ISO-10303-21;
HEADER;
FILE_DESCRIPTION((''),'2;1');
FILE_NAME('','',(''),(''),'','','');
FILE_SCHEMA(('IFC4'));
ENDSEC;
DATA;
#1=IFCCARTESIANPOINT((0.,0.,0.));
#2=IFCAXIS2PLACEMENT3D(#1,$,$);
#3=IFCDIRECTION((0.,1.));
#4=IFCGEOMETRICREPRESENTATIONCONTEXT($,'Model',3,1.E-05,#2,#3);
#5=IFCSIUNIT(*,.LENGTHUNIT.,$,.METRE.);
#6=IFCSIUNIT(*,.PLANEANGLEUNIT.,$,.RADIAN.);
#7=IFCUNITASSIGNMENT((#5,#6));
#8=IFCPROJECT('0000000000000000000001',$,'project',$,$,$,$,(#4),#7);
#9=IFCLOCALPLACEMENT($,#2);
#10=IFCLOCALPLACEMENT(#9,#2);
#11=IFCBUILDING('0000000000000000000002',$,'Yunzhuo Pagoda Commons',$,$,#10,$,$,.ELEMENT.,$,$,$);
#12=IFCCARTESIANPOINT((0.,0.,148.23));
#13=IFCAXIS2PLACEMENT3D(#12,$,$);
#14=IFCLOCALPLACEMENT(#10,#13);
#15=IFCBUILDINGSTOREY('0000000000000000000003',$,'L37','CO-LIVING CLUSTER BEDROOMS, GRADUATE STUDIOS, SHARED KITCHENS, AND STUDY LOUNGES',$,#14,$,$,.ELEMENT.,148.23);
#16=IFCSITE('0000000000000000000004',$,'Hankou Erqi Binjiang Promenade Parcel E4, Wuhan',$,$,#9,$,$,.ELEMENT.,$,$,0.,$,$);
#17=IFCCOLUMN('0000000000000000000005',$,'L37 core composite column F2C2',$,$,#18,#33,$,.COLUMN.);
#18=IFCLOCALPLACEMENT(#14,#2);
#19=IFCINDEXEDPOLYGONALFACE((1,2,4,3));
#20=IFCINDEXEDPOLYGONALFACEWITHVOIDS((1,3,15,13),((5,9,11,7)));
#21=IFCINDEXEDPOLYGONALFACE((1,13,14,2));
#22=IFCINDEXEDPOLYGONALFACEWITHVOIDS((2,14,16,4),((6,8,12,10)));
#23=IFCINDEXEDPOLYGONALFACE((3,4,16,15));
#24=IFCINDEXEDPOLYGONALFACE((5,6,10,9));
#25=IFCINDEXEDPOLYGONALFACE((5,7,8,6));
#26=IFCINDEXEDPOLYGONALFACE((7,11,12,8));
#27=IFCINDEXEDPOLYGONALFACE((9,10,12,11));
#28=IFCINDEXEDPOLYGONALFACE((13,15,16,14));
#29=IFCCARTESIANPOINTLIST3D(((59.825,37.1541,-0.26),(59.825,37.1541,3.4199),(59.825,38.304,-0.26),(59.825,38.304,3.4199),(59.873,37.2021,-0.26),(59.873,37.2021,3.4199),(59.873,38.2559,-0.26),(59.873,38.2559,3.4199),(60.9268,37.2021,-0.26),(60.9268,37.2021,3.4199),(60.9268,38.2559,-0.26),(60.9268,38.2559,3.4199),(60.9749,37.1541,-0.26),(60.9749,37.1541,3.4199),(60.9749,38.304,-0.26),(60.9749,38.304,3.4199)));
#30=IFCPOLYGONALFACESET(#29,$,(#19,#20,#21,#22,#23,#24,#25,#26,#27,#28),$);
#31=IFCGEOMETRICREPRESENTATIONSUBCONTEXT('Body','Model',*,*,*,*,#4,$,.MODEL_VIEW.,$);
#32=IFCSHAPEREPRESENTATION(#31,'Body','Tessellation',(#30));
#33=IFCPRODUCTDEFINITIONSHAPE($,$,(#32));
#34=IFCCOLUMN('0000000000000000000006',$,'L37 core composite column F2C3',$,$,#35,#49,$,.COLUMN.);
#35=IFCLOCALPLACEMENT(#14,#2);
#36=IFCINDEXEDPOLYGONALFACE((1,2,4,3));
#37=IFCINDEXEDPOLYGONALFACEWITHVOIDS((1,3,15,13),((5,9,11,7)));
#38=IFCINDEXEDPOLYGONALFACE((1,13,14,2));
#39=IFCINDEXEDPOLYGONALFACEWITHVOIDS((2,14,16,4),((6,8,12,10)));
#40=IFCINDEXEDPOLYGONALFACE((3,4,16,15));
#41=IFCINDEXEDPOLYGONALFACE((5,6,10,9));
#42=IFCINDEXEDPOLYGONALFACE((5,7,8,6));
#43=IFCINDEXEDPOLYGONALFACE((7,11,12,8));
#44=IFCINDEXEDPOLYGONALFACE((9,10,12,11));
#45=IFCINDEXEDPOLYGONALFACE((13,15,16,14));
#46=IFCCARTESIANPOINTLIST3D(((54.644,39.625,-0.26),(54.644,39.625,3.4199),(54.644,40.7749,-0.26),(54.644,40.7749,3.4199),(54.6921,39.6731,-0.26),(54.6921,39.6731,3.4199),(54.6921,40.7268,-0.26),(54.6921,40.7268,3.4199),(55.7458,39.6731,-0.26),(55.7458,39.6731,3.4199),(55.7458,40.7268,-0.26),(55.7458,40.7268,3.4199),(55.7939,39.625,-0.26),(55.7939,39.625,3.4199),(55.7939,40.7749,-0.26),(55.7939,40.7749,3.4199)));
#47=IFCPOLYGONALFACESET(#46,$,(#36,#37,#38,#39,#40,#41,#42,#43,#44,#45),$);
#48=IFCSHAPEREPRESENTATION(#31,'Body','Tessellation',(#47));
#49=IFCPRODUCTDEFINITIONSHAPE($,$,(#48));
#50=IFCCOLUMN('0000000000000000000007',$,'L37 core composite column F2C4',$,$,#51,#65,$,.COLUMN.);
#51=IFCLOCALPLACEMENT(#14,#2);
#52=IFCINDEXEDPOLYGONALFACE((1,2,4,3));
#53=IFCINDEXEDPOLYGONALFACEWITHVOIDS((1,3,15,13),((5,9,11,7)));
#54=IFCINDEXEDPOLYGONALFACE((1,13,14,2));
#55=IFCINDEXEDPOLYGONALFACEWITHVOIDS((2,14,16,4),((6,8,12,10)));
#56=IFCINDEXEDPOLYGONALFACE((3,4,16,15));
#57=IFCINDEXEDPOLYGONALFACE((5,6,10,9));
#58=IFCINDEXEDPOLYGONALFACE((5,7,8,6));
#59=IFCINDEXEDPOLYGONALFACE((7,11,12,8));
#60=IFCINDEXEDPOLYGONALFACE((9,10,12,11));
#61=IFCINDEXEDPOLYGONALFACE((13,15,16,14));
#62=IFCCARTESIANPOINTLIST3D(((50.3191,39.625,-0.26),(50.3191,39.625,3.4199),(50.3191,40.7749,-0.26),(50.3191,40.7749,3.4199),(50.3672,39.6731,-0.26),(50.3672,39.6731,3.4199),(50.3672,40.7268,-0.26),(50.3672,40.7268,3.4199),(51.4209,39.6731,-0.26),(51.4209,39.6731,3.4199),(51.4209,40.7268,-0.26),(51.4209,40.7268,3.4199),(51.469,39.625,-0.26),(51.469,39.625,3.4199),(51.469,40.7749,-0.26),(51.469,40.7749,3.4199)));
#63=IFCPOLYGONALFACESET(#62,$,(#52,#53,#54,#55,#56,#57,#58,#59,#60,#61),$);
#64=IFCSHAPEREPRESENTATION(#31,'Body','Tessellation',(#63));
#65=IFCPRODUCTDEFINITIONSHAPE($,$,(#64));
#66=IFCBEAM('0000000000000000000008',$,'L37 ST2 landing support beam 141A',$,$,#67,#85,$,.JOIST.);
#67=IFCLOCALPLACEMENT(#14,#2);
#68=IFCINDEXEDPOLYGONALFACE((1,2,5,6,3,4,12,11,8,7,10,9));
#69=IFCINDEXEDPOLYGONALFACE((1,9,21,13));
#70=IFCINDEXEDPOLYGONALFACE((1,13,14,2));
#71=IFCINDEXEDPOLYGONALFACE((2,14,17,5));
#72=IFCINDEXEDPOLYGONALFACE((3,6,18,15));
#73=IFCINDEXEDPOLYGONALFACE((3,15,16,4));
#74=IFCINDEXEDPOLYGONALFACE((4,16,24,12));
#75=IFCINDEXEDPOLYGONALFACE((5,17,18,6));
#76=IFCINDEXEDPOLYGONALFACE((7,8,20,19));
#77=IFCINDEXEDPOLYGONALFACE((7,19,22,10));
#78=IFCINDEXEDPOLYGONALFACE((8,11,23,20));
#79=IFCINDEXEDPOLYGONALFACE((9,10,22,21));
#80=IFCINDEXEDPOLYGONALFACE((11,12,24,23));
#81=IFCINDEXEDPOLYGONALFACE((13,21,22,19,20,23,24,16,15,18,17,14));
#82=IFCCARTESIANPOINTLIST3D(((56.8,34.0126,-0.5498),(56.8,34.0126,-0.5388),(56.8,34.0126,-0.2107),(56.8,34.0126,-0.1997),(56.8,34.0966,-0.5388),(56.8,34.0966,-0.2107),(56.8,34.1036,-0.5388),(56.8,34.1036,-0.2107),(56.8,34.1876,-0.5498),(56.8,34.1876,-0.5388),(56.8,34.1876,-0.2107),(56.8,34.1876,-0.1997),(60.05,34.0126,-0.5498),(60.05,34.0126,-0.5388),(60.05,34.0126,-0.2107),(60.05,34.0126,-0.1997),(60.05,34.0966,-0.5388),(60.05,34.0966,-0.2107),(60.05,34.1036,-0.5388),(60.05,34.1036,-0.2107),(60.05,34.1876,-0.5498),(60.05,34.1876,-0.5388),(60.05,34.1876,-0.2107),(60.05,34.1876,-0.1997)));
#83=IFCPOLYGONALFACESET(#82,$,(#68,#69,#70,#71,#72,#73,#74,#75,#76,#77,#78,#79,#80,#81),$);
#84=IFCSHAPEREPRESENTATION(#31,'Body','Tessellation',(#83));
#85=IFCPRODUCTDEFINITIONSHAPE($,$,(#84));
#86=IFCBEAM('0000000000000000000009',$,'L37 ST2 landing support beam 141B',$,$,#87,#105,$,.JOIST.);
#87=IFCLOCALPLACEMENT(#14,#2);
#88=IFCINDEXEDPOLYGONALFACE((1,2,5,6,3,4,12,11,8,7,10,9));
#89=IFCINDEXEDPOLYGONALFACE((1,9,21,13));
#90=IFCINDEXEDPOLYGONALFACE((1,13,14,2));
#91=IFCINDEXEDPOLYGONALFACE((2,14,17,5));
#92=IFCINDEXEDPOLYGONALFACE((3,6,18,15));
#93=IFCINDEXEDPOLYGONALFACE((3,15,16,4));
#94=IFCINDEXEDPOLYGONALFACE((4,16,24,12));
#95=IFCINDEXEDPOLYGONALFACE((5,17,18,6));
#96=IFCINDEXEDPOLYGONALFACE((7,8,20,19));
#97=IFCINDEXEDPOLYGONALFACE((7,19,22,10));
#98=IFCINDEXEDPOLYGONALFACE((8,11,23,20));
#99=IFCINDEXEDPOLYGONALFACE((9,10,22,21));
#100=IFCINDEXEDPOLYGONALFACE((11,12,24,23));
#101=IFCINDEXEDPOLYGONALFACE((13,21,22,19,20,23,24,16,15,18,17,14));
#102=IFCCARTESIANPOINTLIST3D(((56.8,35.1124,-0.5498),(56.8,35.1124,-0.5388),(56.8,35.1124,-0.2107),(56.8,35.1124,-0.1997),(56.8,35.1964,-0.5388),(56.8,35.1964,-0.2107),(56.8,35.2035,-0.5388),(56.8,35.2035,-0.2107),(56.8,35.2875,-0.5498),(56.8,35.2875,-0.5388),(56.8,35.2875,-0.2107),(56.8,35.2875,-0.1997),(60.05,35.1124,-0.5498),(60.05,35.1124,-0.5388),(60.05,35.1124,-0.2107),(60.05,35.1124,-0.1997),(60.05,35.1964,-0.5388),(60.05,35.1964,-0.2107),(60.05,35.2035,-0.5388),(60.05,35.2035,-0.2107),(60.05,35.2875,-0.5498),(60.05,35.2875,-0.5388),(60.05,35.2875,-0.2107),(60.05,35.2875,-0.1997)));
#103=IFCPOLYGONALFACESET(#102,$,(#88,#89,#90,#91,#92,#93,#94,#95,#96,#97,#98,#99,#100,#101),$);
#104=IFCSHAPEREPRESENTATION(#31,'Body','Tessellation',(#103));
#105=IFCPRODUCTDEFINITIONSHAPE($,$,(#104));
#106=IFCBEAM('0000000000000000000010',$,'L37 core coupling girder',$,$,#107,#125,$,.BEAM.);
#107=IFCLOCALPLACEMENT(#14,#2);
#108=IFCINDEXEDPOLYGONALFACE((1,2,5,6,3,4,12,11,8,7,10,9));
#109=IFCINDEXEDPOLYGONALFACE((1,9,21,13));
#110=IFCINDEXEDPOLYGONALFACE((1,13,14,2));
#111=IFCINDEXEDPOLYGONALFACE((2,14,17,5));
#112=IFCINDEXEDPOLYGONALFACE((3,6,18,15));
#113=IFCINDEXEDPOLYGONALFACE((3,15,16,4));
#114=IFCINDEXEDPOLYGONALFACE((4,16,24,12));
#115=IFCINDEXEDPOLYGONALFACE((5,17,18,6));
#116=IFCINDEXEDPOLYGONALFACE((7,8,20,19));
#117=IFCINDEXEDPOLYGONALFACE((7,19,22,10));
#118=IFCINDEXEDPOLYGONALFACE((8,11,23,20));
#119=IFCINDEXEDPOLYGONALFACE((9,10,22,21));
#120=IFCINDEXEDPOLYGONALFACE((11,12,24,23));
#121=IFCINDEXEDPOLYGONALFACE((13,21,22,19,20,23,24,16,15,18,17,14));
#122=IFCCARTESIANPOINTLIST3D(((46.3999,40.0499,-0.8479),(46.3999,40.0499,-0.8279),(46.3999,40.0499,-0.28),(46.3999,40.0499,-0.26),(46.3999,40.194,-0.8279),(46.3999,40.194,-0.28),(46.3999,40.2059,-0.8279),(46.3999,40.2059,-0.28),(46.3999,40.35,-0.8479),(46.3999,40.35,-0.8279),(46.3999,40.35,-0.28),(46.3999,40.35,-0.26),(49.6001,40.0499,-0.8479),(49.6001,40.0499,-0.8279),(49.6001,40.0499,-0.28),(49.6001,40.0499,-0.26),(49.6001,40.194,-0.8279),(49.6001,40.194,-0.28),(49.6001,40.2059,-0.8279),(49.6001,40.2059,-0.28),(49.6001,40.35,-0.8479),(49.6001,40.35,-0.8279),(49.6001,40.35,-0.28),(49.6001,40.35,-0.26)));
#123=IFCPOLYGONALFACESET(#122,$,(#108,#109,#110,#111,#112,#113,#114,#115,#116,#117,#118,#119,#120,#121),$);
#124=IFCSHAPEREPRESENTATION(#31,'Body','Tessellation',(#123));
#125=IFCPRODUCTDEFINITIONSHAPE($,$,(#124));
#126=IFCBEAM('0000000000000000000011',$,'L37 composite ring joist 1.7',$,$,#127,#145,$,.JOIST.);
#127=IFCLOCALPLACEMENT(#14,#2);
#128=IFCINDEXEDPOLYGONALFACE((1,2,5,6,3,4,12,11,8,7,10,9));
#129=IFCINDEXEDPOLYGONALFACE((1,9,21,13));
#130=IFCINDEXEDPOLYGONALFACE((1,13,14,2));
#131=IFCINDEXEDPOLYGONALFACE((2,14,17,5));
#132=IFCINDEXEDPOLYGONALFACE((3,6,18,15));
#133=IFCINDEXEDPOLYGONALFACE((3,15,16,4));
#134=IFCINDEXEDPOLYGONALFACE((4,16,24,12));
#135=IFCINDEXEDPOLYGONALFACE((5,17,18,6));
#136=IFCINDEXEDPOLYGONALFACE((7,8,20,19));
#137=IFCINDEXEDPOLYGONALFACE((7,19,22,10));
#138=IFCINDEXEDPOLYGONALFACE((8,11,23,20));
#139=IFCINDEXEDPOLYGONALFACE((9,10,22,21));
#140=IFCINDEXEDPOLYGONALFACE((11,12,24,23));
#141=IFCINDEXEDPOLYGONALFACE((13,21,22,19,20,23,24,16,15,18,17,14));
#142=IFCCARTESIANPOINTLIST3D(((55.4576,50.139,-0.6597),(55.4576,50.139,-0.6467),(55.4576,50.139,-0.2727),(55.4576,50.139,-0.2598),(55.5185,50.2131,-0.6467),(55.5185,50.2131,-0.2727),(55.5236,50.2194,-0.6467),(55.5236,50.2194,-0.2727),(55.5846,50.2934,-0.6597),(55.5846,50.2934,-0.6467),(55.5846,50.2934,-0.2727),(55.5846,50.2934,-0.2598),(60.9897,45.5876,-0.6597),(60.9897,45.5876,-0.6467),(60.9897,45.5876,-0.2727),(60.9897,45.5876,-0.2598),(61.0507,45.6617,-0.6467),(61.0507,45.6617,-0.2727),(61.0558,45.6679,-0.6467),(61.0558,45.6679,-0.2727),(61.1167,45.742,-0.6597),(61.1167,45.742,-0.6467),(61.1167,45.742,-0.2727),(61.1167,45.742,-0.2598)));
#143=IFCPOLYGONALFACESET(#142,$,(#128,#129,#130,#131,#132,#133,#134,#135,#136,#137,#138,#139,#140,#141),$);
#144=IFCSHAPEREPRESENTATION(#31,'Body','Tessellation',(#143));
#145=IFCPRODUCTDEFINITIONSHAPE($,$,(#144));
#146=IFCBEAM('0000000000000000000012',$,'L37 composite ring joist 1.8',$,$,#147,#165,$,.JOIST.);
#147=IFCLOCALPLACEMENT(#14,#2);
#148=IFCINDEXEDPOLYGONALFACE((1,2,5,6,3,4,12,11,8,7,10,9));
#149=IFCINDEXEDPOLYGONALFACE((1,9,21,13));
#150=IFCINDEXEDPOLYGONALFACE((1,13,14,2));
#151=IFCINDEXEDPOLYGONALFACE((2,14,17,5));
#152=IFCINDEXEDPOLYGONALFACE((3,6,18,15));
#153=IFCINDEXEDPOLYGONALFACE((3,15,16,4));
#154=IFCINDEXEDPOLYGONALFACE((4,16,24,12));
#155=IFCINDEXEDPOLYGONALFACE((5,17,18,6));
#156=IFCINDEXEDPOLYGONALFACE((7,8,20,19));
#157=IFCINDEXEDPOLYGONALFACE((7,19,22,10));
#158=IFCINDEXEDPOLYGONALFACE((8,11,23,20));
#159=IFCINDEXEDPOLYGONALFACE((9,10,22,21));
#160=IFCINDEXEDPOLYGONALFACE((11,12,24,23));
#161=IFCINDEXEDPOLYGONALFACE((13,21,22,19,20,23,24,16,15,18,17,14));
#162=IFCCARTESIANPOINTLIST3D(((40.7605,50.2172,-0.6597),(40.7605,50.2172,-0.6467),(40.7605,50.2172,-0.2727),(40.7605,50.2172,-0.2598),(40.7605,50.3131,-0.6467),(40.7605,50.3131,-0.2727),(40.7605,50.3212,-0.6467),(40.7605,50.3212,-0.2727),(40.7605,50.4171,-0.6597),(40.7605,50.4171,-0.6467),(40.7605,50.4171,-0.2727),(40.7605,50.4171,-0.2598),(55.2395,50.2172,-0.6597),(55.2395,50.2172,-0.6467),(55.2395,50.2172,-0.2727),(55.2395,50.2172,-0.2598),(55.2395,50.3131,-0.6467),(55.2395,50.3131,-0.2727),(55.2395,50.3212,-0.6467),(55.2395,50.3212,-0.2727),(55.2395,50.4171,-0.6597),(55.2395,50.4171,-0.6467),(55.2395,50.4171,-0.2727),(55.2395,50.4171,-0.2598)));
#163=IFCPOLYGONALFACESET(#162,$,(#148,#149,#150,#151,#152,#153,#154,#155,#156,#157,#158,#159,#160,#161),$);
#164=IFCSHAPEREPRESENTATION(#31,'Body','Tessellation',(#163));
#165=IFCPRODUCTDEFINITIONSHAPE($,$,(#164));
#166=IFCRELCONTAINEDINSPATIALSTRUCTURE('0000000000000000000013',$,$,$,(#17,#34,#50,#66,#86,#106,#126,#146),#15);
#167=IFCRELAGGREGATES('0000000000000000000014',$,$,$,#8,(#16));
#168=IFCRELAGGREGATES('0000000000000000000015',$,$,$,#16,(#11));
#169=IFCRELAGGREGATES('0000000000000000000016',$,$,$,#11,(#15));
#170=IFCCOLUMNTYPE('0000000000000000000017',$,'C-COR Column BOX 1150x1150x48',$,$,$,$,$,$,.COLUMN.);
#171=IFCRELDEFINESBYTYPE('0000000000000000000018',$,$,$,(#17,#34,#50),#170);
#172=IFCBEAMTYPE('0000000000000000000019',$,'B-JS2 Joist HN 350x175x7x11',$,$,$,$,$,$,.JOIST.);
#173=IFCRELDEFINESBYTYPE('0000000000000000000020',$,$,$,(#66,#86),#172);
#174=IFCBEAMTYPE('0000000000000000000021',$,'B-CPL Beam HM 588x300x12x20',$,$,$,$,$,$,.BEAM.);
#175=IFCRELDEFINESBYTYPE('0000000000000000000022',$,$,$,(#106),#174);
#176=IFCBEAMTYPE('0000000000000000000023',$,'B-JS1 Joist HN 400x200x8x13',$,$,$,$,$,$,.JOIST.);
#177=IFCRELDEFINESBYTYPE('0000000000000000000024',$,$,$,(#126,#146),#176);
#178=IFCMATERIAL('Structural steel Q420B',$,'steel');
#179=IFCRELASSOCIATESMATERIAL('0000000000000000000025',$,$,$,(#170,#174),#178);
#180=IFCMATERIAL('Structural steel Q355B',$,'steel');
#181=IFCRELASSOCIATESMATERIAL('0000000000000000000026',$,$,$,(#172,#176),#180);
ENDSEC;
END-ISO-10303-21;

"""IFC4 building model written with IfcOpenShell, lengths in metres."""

from ifc_helpers import new_model, si_unit, direction, frame, origin, origin_2d, place, context, subcontext, project, spatial, hollow_rectangle, i_section, extrude, source, transform, mapped, material, material_profile, profile_set, type_object, element, save


model = new_model("IFC4")

# Units and contexts
model_context = context("Model", 3, precision=1e-05, world=origin(), true_north=direction((0.0, 1.0)))
body_context = subcontext(model_context, "Body", "Model", "MODEL_VIEW")
ifc_project = project(units=[si_unit("LENGTHUNIT", "METRE"), si_unit("PLANEANGLEUNIT", "RADIAN")], contexts=[model_context])

# Site, building, storey
site_placement = place(None, origin())
site = spatial("IfcSite", under=ifc_project, at=site_placement, Name="Hankou Erqi Binjiang Promenade Parcel E4, Wuhan", CompositionType="ELEMENT", RefElevation=0.0)
building_placement = place(site_placement, origin())
building = spatial("IfcBuilding", under=site, at=building_placement, Name="Yunzhuo Pagoda Commons", CompositionType="ELEMENT")
storey_placement = place(building_placement, frame((0.0, 0.0, 148.23)))
storey = spatial("IfcBuildingStorey", under=building, at=storey_placement, Name="L37", Description="CO-LIVING CLUSTER BEDROOMS, GRADUATE STUDIOS, SHARED KITCHENS, AND STUDY LOUNGES", CompositionType="ELEMENT", Elevation=148.23)

# Columns
ifc_material_1 = material(Name="Structural steel Q420B", Category="steel")
ifc_material_profile_1 = material_profile(ifc_material_1, hollow_rectangle(XDim=1.1499, YDim=1.1499, WallThickness=0.0481, at=origin_2d()), Name="Structural steel Q420B")
ifc_profile_set_1 = profile_set([ifc_material_profile_1], Name="Structural steel Q420B")
column_type = type_object("IfcColumnType", Name="C-COR Column BOX 1150x1150x48", PredefinedType="COLUMN", material=ifc_profile_set_1)
shared_shape_1 = source(origin(), body_context, "Body", "SweptSolid", [
    extrude(hollow_rectangle(XDim=1.1499, YDim=1.1499, WallThickness=0.0481, at=origin_2d()), origin(), (0.0, 0.0, 1.0), 3.6799),
])
for number, where, z_axis, x_axis, name in (
    (1, (60.3999, 37.729, -0.26), (0.0, 0.0, 1.0), (1.0, 0.0, 0.0), "L37 core composite column F2C2"),
    (2, (55.219, 40.2, -0.26), (0.0, 0.0, 1.0), (1.0, 0.0, 0.0), "L37 core composite column F2C3"),
    (3, (50.894, 40.2, -0.26), (0.0, 0.0, 1.0), (1.0, 0.0, 0.0), "L37 core composite column F2C4"),
):
    element("IfcColumn", number, at=place(storey_placement, frame(where, z_axis=z_axis, x_axis=x_axis)), inside=storey, type_object=column_type, Name=name, PredefinedType="COLUMN", context=body_context, shape_type="MappedRepresentation", body=[
        mapped(shared_shape_1, transform((0.0, 0.0, 0.0), scale=1.0)),
    ])

# Beams
ifc_material_2 = material(Name="Structural steel Q355B", Category="steel")
ifc_material_profile_2 = material_profile(ifc_material_2, i_section(OverallWidth=0.175, OverallDepth=0.3501, WebThickness=0.0071, FlangeThickness=0.011, at=origin_2d()), Name="Structural steel Q355B")
ifc_profile_set_2 = profile_set([ifc_material_profile_2], Name="Structural steel Q355B")
beam_type_1 = type_object("IfcBeamType", Name="B-JS2 Joist HN 350x175x7x11", PredefinedType="JOIST", material=ifc_profile_set_2)
shared_shape_2 = source(origin(), body_context, "Body", "SweptSolid", [
    extrude(i_section(OverallWidth=0.175, OverallDepth=0.3501, WebThickness=0.0071, FlangeThickness=0.011, at=origin_2d()), origin(), (0.0, 0.0, 1.0), 3.25),
])
for number, where, z_axis, x_axis, name in (
    (4, (56.8, 34.1001, -0.3748), (1.0, 0.0, 0.0), (0.0, 1.0, 0.0), "L37 ST2 landing support beam 141A"),
    (5, (56.8, 35.2, -0.3748), (1.0, 0.0, 0.0), (0.0, 1.0, 0.0), "L37 ST2 landing support beam 141B"),
):
    element("IfcBeam", number, at=place(storey_placement, frame(where, z_axis=z_axis, x_axis=x_axis)), inside=storey, type_object=beam_type_1, Name=name, PredefinedType="JOIST", context=body_context, shape_type="MappedRepresentation", body=[
        mapped(shared_shape_2, transform((0.0, 0.0, 0.0), scale=1.0)),
    ])
ifc_material_profile_3 = material_profile(ifc_material_1, i_section(OverallWidth=0.3, OverallDepth=0.5879, WebThickness=0.012, FlangeThickness=0.02, at=origin_2d()), Name="Structural steel Q420B")
ifc_profile_set_3 = profile_set([ifc_material_profile_3], Name="Structural steel Q420B")
beam_type_2 = type_object("IfcBeamType", Name="B-CPL Beam HM 588x300x12x20", PredefinedType="BEAM", material=ifc_profile_set_3)
shared_shape_3 = source(origin(), body_context, "Body", "SweptSolid", [
    extrude(i_section(OverallWidth=0.3, OverallDepth=0.5879, WebThickness=0.012, FlangeThickness=0.02, at=origin_2d()), origin(), (0.0, 0.0, 1.0), 3.2002),
])
beam_1_placement = place(storey_placement, frame((46.3999, 40.2, -0.554), z_axis=(1.0, 0.0, 0.0), x_axis=(0.0, 1.0, 0.0)))
element("IfcBeam", 6, at=beam_1_placement, inside=storey, type_object=beam_type_2, Name="L37 core coupling girder", PredefinedType="BEAM", context=body_context, shape_type="MappedRepresentation", body=[
    mapped(shared_shape_3, transform((0.0, 0.0, 0.0), scale=1.0)),
])
ifc_material_profile_4 = material_profile(ifc_material_2, i_section(OverallWidth=0.2, OverallDepth=0.3999, WebThickness=0.0081, FlangeThickness=0.0129, at=origin_2d()), Name="Structural steel Q355B")
ifc_profile_set_4 = profile_set([ifc_material_profile_4], Name="Structural steel Q355B")
beam_type_3 = type_object("IfcBeamType", Name="B-JS1 Joist HN 400x200x8x13", PredefinedType="JOIST", material=ifc_profile_set_4)
shared_shape_4 = source(origin(), body_context, "Body", "SweptSolid", [
    extrude(i_section(OverallWidth=0.2, OverallDepth=0.3999, WebThickness=0.0081, FlangeThickness=0.0129, at=origin_2d()), origin(), (0.0, 0.0, 1.0), 7.1638),
])
beam_2_placement = place(storey_placement, frame((61.0532, 45.6648, -0.4597), z_axis=(-0.772234, 0.635338, 0.0), x_axis=(-0.635338, -0.772234, 0.0)))
element("IfcBeam", 7, at=beam_2_placement, inside=storey, type_object=beam_type_3, Name="L37 composite ring joist 1.7", PredefinedType="JOIST", context=body_context, shape_type="MappedRepresentation", body=[
    mapped(shared_shape_4, transform((0.0, 0.0, 0.0), scale=1.0)),
])
shared_shape_5 = source(origin(), body_context, "Body", "SweptSolid", [
    extrude(i_section(OverallWidth=0.2, OverallDepth=0.3999, WebThickness=0.0081, FlangeThickness=0.0129, at=origin_2d()), origin(), (0.0, 0.0, 1.0), 14.479),
])
beam_3_placement = place(storey_placement, frame((55.2395, 50.3171, -0.4597), z_axis=(-1.0, 0.0, 0.0), x_axis=(0.0, -1.0, 0.0)))
element("IfcBeam", 8, at=beam_3_placement, inside=storey, type_object=beam_type_3, Name="L37 composite ring joist 1.8", PredefinedType="JOIST", context=body_context, shape_type="MappedRepresentation", body=[
    mapped(shared_shape_5, transform((0.0, 0.0, 0.0), scale=1.0)),
])

save(model, "model.ifc")
